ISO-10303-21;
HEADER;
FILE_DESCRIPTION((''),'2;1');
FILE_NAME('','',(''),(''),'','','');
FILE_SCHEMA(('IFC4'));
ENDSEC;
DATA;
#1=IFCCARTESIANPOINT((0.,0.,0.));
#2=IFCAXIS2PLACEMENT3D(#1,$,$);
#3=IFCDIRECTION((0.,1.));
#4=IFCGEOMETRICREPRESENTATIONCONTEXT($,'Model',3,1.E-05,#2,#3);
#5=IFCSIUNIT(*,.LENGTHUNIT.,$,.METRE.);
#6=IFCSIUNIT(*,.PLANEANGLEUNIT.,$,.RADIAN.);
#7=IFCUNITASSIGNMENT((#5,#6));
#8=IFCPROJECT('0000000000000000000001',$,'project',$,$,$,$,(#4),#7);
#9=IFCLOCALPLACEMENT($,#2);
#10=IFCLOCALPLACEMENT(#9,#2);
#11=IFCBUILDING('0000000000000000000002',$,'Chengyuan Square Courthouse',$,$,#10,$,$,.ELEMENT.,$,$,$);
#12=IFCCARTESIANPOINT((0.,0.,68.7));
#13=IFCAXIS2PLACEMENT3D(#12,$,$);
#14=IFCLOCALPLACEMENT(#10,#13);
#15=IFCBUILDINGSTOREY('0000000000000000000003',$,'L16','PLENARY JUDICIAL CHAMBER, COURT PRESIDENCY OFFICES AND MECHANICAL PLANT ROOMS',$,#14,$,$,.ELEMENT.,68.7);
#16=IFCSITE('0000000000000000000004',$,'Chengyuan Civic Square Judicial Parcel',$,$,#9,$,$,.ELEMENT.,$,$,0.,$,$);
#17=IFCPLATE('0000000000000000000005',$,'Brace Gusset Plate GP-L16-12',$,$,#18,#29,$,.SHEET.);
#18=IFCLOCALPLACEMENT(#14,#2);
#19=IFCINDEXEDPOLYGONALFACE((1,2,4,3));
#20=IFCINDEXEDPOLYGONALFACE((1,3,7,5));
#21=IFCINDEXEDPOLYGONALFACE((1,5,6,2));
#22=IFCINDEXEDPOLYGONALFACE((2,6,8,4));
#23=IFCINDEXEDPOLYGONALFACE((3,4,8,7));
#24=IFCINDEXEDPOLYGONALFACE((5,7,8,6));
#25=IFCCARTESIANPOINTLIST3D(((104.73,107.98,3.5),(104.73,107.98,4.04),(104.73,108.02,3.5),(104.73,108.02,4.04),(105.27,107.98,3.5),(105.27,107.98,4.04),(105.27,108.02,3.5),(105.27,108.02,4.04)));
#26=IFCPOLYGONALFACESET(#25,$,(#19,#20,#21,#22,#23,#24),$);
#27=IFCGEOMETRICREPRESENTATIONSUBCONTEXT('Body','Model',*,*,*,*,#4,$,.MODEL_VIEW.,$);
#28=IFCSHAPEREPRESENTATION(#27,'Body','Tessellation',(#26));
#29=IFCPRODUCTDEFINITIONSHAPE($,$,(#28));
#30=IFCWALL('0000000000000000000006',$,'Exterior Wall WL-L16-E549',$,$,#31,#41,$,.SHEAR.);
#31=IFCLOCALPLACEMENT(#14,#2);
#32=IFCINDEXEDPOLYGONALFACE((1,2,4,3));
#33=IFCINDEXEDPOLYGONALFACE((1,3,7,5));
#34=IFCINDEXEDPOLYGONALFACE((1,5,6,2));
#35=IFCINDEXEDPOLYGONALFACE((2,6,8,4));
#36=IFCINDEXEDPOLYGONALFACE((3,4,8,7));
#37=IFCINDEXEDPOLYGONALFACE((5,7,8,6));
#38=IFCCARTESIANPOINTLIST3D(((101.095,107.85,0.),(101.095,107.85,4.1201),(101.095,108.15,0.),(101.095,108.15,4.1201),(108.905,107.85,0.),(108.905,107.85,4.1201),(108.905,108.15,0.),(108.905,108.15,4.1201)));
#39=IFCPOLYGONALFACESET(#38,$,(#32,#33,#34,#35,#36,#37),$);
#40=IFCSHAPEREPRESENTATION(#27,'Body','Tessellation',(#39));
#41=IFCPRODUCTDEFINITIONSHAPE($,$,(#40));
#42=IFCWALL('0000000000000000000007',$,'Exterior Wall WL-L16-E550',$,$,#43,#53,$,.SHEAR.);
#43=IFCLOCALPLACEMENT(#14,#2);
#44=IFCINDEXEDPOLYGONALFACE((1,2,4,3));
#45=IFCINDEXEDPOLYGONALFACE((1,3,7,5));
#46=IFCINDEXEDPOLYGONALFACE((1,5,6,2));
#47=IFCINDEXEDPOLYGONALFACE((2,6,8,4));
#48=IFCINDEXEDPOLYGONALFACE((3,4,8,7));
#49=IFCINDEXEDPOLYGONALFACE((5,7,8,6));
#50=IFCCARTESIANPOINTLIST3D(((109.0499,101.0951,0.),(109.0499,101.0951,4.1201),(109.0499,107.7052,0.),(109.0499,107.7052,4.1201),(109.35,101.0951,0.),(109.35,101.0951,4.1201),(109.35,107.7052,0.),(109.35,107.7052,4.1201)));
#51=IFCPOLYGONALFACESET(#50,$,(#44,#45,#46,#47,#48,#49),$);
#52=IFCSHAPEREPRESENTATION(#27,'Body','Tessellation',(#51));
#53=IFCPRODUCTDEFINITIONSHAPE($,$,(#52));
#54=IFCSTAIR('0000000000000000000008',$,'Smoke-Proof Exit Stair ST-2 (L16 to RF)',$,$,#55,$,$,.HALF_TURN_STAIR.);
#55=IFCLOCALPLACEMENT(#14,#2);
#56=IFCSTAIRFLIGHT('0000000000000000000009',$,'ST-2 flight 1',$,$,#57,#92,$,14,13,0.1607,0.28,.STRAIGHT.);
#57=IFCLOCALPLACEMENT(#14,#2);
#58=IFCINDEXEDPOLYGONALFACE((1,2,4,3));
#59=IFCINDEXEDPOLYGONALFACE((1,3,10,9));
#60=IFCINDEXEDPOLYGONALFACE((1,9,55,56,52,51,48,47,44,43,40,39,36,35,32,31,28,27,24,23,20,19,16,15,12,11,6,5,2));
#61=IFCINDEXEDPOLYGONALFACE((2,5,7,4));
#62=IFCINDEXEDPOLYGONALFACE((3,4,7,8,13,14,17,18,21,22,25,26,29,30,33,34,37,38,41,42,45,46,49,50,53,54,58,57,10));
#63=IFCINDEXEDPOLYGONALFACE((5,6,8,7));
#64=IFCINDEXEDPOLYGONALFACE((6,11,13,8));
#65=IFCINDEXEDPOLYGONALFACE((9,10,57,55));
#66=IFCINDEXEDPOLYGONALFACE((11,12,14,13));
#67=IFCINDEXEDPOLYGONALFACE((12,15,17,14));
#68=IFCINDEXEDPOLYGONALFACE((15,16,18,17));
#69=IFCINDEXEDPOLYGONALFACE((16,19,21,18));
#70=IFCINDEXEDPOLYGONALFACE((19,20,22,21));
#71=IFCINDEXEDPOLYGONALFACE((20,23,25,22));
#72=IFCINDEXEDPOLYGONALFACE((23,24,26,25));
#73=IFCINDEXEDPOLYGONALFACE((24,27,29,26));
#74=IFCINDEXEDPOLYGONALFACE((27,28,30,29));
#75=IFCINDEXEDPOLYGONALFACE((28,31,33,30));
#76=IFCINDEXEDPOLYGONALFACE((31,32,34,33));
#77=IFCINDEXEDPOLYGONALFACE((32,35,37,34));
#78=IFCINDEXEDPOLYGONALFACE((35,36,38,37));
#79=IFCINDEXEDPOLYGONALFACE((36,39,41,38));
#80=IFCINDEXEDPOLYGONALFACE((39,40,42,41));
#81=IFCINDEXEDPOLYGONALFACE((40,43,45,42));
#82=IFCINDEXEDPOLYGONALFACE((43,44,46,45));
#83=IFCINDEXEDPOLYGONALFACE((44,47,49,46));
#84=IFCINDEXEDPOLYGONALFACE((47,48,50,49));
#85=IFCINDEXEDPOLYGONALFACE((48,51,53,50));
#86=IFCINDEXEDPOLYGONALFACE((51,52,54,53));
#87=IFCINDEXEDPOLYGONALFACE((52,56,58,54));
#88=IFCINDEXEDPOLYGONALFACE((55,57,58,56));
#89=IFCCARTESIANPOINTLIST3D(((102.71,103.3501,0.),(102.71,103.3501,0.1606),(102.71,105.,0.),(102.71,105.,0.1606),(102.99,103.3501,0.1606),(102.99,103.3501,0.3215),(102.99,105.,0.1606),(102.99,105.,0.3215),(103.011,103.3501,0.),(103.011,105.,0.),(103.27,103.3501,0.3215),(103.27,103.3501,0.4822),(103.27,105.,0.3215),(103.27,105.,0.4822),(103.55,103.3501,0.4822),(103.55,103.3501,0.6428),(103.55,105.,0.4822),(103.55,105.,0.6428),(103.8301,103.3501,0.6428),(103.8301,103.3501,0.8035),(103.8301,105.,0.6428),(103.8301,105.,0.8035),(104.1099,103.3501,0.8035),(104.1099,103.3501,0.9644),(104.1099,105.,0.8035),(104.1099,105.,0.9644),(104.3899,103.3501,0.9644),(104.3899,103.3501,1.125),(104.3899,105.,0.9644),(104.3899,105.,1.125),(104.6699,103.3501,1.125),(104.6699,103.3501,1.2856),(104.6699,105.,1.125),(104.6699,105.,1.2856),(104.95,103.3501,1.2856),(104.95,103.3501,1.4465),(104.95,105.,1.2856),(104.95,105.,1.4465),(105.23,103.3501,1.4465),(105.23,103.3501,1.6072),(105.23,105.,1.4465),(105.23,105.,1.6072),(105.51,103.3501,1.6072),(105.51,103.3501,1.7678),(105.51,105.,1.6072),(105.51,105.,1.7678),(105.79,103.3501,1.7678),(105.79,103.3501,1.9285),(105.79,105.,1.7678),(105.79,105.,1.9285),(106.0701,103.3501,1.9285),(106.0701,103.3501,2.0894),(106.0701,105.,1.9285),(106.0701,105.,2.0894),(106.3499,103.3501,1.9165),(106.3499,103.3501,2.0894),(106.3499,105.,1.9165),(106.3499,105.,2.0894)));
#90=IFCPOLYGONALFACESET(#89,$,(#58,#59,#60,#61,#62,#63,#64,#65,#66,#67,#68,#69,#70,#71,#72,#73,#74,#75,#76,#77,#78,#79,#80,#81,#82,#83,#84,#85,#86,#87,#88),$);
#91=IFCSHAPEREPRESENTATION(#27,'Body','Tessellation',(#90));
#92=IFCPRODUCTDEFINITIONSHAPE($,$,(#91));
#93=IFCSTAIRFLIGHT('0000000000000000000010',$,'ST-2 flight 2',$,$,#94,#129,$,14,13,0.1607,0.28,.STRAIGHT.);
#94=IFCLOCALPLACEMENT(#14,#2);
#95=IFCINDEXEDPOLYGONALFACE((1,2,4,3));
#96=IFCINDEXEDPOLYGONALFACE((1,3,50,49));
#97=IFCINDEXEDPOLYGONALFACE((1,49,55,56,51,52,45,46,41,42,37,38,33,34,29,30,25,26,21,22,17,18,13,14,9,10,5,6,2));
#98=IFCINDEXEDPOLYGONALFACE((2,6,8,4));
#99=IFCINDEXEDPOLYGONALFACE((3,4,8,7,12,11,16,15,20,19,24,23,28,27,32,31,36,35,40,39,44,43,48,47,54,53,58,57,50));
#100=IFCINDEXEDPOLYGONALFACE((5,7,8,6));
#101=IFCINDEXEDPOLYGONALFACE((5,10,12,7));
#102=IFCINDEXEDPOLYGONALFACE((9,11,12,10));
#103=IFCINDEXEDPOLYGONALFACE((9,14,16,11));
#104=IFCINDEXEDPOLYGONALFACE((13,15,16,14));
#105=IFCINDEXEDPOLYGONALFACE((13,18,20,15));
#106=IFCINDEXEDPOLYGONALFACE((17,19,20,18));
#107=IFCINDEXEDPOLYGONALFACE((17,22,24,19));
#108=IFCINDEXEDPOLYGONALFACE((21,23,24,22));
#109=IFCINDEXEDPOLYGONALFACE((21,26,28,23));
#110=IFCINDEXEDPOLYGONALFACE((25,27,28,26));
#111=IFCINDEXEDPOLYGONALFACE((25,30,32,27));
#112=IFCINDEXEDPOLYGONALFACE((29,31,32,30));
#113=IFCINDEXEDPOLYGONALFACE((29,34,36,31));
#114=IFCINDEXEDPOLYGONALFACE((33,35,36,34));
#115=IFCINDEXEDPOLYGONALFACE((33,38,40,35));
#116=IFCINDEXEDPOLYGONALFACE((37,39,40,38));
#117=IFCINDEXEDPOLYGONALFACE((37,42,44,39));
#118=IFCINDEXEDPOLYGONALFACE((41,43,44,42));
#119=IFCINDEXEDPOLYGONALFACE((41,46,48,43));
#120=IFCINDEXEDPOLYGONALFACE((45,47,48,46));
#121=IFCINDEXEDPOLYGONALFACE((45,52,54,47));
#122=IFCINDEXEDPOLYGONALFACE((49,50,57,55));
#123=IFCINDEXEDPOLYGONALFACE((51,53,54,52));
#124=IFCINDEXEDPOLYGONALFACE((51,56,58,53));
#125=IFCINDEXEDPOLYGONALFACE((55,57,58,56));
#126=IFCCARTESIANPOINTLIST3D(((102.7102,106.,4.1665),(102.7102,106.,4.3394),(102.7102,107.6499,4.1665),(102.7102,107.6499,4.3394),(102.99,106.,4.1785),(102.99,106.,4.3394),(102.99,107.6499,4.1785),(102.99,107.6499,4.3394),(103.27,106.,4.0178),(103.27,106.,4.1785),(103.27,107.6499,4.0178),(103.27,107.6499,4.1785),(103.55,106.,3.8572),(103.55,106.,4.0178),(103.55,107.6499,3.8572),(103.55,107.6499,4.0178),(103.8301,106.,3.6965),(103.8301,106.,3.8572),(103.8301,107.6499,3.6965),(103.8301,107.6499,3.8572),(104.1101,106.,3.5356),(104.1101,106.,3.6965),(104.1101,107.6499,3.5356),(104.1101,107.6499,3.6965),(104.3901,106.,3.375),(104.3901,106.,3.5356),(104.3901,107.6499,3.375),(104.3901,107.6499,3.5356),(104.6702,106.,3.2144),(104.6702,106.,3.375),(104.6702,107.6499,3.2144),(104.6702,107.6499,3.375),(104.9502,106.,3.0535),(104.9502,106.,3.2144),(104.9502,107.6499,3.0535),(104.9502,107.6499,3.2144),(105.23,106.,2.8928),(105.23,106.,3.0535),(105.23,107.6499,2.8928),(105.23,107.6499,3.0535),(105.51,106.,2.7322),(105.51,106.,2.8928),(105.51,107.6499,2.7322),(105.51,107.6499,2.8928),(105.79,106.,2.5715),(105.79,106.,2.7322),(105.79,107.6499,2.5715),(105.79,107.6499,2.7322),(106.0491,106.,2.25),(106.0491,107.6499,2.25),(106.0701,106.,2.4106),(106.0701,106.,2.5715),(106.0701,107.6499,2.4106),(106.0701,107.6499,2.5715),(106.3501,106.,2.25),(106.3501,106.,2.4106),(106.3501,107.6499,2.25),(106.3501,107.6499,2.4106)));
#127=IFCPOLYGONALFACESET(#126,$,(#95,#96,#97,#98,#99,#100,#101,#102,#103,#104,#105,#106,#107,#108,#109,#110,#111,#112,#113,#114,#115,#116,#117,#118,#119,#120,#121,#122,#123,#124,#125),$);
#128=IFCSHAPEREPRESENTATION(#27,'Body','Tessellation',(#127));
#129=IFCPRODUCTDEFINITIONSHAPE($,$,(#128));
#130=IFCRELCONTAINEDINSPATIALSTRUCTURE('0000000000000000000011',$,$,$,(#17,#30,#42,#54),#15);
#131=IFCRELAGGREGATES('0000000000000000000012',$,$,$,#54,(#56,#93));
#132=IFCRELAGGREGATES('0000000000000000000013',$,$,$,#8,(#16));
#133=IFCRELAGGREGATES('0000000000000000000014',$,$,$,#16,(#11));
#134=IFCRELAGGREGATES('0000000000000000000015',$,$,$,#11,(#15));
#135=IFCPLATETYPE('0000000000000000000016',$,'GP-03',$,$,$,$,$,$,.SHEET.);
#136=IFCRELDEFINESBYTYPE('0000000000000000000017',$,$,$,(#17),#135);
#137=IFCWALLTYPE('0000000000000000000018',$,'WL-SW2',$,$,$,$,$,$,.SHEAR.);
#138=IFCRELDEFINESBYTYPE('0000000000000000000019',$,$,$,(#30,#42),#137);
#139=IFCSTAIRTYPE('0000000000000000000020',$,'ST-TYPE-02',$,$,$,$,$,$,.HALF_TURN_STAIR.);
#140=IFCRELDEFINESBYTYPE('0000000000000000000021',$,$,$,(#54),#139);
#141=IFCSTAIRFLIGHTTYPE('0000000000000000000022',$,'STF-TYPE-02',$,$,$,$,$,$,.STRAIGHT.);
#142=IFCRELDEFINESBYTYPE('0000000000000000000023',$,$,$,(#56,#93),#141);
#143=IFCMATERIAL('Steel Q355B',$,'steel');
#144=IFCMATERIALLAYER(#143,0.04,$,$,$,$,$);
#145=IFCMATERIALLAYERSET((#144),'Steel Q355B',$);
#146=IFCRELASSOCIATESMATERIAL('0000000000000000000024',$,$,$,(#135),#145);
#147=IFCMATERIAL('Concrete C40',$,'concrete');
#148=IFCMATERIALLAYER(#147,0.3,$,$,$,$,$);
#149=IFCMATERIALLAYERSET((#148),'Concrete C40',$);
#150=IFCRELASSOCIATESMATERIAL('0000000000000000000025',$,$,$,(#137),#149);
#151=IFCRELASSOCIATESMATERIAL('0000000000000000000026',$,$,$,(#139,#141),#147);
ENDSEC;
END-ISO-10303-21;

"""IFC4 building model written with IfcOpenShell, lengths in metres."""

from ifc_helpers import new_model, si_unit, direction, frame, frame_2d, origin, origin_2d, place, context, subcontext, project, spatial, polyline, rectangle, outline, extrude, material, layer, layer_set, type_object, element, aggregate, save


model = new_model("IFC4")

# Units and contexts
model_context = context("Model", 3, precision=1e-05, world=origin(), true_north=direction((0.0, 1.0)))
body_context = subcontext(model_context, "Body", "Model", "MODEL_VIEW")
ifc_project = project(units=[si_unit("LENGTHUNIT", "METRE"), si_unit("PLANEANGLEUNIT", "RADIAN")], contexts=[model_context])

# Site, building, storey
site_placement = place(None, origin())
site = spatial("IfcSite", under=ifc_project, at=site_placement, Name="Chengyuan Civic Square Judicial Parcel", CompositionType="ELEMENT", RefElevation=0.0)
building_placement = place(site_placement, origin())
building = spatial("IfcBuilding", under=site, at=building_placement, Name="Chengyuan Square Courthouse", CompositionType="ELEMENT")
storey_placement = place(building_placement, frame((0.0, 0.0, 68.7)))
storey = spatial("IfcBuildingStorey", under=building, at=storey_placement, Name="L16", Description="PLENARY JUDICIAL CHAMBER, COURT PRESIDENCY OFFICES AND MECHANICAL PLANT ROOMS", CompositionType="ELEMENT", Elevation=68.7)

# Shared definitions
ifc_material_1 = material(Name="Concrete C40", Category="concrete")

# Shared definitions
ifc_material_2 = material(Name="Steel Q355B", Category="steel")

# Plate
ifc_layer_1 = layer(ifc_material_2, 0.04)
ifc_layer_set_1 = layer_set([ifc_layer_1], Name="Steel Q355B")
plate_type = type_object("IfcPlateType", Name="GP-03", PredefinedType="SHEET", material=ifc_layer_set_1)
plate_placement = place(storey_placement, frame((105.0, 108.0, 3.5), z_axis=(0.0, 0.0, 1.0), x_axis=(1.0, 0.0, 0.0)))
element("IfcPlate", 1, at=plate_placement, inside=storey, type_object=plate_type, Name="Brace Gusset Plate GP-L16-12", PredefinedType="SHEET", context=body_context, shape_type="SweptSolid", body=[
    extrude(rectangle(XDim=0.54, YDim=0.04, at=origin_2d()), origin(), (0.0, 0.0, 1.0), 0.54),
])

# Walls
ifc_layer_2 = layer(ifc_material_1, 0.3)
ifc_layer_set_2 = layer_set([ifc_layer_2], Name="Concrete C40")
wall_type = type_object("IfcWallType", Name="WL-SW2", PredefinedType="SHEAR", material=ifc_layer_set_2)
wall_1_placement = place(storey_placement, frame((101.095, 108.0, 0.0), z_axis=(0.0, 0.0, 1.0), x_axis=(1.0, 0.0, 0.0)))
element("IfcWall", 2, at=wall_1_placement, inside=storey, type_object=wall_type, Name="Exterior Wall WL-L16-E549", PredefinedType="SHEAR", context=body_context, shape_type="SweptSolid", body=[
    extrude(rectangle(XDim=7.8101, YDim=0.3, at=frame_2d((3.905, 0.0))), origin(), (0.0, 0.0, 1.0), 4.1201),
])
wall_2_placement = place(storey_placement, frame((109.2, 101.095, 0.0), z_axis=(0.0, 0.0, 1.0), x_axis=(0.0, 1.0, 0.0)))
element("IfcWall", 3, at=wall_2_placement, inside=storey, type_object=wall_type, Name="Exterior Wall WL-L16-E550", PredefinedType="SHEAR", context=body_context, shape_type="SweptSolid", body=[
    extrude(rectangle(XDim=6.6101, YDim=0.3, at=frame_2d((3.3052, 0.0))), origin(), (0.0, 0.0, 1.0), 4.1201),
])

# Stair, stair flights
stair_type = type_object("IfcStairType", Name="ST-TYPE-02", PredefinedType="HALF_TURN_STAIR", material=ifc_material_1)
stair_placement = place(storey_placement, origin())
stair = element("IfcStair", 4, at=stair_placement, inside=storey, type_object=stair_type, Name="Smoke-Proof Exit Stair ST-2 (L16 to RF)", PredefinedType="HALF_TURN_STAIR")
stair_flight_type = type_object("IfcStairFlightType", Name="STF-TYPE-02", PredefinedType="STRAIGHT", material=ifc_material_1)
stair_flight_1_placement = place(storey_placement, frame((102.71, 104.175, 0.0), z_axis=(0.0, 0.0, 1.0), x_axis=(1.0, 0.0, 0.0)))
stair_flight_1 = element("IfcStairFlight", 5, at=stair_flight_1_placement, type_object=stair_flight_type, Name="ST-2 flight 1", NumberOfRisers=14, NumberOfTreads=13, PredefinedType="STRAIGHT", RiserHeight=0.1607, TreadLength=0.28, context=body_context, shape_type="SweptSolid", body=[
    extrude(outline(polyline([(0.0, 0.0), (0.0, 0.1606), (0.28, 0.1606), (0.28, 0.3215), (0.5601, 0.3215), (0.5601, 0.4822), (0.8401, 0.4822), (0.8401, 0.6428), (1.1201, 0.6428), (1.1201, 0.8035), (1.3999, 0.8035), (1.3999, 0.9644), (1.6799, 0.9644), (1.6799, 1.125), (1.96, 1.125), (1.96, 1.2856), (2.24, 1.2856), (2.24, 1.4465), (2.52, 1.4465), (2.52, 1.6072), (2.8, 1.6072), (2.8, 1.7678), (3.0801, 1.7678), (3.0801, 1.9285), (3.3601, 1.9285), (3.3601, 2.0894), (3.6399, 2.0894), (3.6399, 2.25), (3.6399, 1.9165), (0.301, 0.0), (0.0, 0.0)])), frame((0.0, 0.825, 0.0), z_axis=(0.0, -1.0, 0.0), x_axis=(1.0, 0.0, 0.0)), (0.0, 0.0, 1.0), 1.6499),
])
stair_flight_2_placement = place(storey_placement, frame((106.3501, 106.825, 2.25), z_axis=(0.0, 0.0, 1.0), x_axis=(-1.0, 0.0, 0.0)))
stair_flight_2 = element("IfcStairFlight", 6, at=stair_flight_2_placement, type_object=stair_flight_type, Name="ST-2 flight 2", NumberOfRisers=14, NumberOfTreads=13, PredefinedType="STRAIGHT", RiserHeight=0.1607, TreadLength=0.28, context=body_context, shape_type="SweptSolid", body=[
    extrude(outline(polyline([(0.0, 0.0), (0.0, 0.1606), (0.28, 0.1606), (0.28, 0.3215), (0.5601, 0.3215), (0.5601, 0.4822), (0.8401, 0.4822), (0.8401, 0.6428), (1.1201, 0.6428), (1.1201, 0.8035), (1.3999, 0.8035), (1.3999, 0.9644), (1.6799, 0.9644), (1.6799, 1.125), (1.96, 1.125), (1.96, 1.2856), (2.24, 1.2856), (2.24, 1.4465), (2.52, 1.4465), (2.52, 1.6072), (2.8, 1.6072), (2.8, 1.7678), (3.0801, 1.7678), (3.0801, 1.9285), (3.3601, 1.9285), (3.3601, 2.0894), (3.6399, 2.0894), (3.6399, 2.25), (3.6399, 1.9165), (0.301, 0.0), (0.0, 0.0)])), frame((0.0, 0.825, 0.0), z_axis=(0.0, -1.0, 0.0), x_axis=(1.0, 0.0, 0.0)), (0.0, 0.0, 1.0), 1.6499),
])
aggregate(stair, [stair_flight_1, stair_flight_2])

save(model, "model.ifc")
